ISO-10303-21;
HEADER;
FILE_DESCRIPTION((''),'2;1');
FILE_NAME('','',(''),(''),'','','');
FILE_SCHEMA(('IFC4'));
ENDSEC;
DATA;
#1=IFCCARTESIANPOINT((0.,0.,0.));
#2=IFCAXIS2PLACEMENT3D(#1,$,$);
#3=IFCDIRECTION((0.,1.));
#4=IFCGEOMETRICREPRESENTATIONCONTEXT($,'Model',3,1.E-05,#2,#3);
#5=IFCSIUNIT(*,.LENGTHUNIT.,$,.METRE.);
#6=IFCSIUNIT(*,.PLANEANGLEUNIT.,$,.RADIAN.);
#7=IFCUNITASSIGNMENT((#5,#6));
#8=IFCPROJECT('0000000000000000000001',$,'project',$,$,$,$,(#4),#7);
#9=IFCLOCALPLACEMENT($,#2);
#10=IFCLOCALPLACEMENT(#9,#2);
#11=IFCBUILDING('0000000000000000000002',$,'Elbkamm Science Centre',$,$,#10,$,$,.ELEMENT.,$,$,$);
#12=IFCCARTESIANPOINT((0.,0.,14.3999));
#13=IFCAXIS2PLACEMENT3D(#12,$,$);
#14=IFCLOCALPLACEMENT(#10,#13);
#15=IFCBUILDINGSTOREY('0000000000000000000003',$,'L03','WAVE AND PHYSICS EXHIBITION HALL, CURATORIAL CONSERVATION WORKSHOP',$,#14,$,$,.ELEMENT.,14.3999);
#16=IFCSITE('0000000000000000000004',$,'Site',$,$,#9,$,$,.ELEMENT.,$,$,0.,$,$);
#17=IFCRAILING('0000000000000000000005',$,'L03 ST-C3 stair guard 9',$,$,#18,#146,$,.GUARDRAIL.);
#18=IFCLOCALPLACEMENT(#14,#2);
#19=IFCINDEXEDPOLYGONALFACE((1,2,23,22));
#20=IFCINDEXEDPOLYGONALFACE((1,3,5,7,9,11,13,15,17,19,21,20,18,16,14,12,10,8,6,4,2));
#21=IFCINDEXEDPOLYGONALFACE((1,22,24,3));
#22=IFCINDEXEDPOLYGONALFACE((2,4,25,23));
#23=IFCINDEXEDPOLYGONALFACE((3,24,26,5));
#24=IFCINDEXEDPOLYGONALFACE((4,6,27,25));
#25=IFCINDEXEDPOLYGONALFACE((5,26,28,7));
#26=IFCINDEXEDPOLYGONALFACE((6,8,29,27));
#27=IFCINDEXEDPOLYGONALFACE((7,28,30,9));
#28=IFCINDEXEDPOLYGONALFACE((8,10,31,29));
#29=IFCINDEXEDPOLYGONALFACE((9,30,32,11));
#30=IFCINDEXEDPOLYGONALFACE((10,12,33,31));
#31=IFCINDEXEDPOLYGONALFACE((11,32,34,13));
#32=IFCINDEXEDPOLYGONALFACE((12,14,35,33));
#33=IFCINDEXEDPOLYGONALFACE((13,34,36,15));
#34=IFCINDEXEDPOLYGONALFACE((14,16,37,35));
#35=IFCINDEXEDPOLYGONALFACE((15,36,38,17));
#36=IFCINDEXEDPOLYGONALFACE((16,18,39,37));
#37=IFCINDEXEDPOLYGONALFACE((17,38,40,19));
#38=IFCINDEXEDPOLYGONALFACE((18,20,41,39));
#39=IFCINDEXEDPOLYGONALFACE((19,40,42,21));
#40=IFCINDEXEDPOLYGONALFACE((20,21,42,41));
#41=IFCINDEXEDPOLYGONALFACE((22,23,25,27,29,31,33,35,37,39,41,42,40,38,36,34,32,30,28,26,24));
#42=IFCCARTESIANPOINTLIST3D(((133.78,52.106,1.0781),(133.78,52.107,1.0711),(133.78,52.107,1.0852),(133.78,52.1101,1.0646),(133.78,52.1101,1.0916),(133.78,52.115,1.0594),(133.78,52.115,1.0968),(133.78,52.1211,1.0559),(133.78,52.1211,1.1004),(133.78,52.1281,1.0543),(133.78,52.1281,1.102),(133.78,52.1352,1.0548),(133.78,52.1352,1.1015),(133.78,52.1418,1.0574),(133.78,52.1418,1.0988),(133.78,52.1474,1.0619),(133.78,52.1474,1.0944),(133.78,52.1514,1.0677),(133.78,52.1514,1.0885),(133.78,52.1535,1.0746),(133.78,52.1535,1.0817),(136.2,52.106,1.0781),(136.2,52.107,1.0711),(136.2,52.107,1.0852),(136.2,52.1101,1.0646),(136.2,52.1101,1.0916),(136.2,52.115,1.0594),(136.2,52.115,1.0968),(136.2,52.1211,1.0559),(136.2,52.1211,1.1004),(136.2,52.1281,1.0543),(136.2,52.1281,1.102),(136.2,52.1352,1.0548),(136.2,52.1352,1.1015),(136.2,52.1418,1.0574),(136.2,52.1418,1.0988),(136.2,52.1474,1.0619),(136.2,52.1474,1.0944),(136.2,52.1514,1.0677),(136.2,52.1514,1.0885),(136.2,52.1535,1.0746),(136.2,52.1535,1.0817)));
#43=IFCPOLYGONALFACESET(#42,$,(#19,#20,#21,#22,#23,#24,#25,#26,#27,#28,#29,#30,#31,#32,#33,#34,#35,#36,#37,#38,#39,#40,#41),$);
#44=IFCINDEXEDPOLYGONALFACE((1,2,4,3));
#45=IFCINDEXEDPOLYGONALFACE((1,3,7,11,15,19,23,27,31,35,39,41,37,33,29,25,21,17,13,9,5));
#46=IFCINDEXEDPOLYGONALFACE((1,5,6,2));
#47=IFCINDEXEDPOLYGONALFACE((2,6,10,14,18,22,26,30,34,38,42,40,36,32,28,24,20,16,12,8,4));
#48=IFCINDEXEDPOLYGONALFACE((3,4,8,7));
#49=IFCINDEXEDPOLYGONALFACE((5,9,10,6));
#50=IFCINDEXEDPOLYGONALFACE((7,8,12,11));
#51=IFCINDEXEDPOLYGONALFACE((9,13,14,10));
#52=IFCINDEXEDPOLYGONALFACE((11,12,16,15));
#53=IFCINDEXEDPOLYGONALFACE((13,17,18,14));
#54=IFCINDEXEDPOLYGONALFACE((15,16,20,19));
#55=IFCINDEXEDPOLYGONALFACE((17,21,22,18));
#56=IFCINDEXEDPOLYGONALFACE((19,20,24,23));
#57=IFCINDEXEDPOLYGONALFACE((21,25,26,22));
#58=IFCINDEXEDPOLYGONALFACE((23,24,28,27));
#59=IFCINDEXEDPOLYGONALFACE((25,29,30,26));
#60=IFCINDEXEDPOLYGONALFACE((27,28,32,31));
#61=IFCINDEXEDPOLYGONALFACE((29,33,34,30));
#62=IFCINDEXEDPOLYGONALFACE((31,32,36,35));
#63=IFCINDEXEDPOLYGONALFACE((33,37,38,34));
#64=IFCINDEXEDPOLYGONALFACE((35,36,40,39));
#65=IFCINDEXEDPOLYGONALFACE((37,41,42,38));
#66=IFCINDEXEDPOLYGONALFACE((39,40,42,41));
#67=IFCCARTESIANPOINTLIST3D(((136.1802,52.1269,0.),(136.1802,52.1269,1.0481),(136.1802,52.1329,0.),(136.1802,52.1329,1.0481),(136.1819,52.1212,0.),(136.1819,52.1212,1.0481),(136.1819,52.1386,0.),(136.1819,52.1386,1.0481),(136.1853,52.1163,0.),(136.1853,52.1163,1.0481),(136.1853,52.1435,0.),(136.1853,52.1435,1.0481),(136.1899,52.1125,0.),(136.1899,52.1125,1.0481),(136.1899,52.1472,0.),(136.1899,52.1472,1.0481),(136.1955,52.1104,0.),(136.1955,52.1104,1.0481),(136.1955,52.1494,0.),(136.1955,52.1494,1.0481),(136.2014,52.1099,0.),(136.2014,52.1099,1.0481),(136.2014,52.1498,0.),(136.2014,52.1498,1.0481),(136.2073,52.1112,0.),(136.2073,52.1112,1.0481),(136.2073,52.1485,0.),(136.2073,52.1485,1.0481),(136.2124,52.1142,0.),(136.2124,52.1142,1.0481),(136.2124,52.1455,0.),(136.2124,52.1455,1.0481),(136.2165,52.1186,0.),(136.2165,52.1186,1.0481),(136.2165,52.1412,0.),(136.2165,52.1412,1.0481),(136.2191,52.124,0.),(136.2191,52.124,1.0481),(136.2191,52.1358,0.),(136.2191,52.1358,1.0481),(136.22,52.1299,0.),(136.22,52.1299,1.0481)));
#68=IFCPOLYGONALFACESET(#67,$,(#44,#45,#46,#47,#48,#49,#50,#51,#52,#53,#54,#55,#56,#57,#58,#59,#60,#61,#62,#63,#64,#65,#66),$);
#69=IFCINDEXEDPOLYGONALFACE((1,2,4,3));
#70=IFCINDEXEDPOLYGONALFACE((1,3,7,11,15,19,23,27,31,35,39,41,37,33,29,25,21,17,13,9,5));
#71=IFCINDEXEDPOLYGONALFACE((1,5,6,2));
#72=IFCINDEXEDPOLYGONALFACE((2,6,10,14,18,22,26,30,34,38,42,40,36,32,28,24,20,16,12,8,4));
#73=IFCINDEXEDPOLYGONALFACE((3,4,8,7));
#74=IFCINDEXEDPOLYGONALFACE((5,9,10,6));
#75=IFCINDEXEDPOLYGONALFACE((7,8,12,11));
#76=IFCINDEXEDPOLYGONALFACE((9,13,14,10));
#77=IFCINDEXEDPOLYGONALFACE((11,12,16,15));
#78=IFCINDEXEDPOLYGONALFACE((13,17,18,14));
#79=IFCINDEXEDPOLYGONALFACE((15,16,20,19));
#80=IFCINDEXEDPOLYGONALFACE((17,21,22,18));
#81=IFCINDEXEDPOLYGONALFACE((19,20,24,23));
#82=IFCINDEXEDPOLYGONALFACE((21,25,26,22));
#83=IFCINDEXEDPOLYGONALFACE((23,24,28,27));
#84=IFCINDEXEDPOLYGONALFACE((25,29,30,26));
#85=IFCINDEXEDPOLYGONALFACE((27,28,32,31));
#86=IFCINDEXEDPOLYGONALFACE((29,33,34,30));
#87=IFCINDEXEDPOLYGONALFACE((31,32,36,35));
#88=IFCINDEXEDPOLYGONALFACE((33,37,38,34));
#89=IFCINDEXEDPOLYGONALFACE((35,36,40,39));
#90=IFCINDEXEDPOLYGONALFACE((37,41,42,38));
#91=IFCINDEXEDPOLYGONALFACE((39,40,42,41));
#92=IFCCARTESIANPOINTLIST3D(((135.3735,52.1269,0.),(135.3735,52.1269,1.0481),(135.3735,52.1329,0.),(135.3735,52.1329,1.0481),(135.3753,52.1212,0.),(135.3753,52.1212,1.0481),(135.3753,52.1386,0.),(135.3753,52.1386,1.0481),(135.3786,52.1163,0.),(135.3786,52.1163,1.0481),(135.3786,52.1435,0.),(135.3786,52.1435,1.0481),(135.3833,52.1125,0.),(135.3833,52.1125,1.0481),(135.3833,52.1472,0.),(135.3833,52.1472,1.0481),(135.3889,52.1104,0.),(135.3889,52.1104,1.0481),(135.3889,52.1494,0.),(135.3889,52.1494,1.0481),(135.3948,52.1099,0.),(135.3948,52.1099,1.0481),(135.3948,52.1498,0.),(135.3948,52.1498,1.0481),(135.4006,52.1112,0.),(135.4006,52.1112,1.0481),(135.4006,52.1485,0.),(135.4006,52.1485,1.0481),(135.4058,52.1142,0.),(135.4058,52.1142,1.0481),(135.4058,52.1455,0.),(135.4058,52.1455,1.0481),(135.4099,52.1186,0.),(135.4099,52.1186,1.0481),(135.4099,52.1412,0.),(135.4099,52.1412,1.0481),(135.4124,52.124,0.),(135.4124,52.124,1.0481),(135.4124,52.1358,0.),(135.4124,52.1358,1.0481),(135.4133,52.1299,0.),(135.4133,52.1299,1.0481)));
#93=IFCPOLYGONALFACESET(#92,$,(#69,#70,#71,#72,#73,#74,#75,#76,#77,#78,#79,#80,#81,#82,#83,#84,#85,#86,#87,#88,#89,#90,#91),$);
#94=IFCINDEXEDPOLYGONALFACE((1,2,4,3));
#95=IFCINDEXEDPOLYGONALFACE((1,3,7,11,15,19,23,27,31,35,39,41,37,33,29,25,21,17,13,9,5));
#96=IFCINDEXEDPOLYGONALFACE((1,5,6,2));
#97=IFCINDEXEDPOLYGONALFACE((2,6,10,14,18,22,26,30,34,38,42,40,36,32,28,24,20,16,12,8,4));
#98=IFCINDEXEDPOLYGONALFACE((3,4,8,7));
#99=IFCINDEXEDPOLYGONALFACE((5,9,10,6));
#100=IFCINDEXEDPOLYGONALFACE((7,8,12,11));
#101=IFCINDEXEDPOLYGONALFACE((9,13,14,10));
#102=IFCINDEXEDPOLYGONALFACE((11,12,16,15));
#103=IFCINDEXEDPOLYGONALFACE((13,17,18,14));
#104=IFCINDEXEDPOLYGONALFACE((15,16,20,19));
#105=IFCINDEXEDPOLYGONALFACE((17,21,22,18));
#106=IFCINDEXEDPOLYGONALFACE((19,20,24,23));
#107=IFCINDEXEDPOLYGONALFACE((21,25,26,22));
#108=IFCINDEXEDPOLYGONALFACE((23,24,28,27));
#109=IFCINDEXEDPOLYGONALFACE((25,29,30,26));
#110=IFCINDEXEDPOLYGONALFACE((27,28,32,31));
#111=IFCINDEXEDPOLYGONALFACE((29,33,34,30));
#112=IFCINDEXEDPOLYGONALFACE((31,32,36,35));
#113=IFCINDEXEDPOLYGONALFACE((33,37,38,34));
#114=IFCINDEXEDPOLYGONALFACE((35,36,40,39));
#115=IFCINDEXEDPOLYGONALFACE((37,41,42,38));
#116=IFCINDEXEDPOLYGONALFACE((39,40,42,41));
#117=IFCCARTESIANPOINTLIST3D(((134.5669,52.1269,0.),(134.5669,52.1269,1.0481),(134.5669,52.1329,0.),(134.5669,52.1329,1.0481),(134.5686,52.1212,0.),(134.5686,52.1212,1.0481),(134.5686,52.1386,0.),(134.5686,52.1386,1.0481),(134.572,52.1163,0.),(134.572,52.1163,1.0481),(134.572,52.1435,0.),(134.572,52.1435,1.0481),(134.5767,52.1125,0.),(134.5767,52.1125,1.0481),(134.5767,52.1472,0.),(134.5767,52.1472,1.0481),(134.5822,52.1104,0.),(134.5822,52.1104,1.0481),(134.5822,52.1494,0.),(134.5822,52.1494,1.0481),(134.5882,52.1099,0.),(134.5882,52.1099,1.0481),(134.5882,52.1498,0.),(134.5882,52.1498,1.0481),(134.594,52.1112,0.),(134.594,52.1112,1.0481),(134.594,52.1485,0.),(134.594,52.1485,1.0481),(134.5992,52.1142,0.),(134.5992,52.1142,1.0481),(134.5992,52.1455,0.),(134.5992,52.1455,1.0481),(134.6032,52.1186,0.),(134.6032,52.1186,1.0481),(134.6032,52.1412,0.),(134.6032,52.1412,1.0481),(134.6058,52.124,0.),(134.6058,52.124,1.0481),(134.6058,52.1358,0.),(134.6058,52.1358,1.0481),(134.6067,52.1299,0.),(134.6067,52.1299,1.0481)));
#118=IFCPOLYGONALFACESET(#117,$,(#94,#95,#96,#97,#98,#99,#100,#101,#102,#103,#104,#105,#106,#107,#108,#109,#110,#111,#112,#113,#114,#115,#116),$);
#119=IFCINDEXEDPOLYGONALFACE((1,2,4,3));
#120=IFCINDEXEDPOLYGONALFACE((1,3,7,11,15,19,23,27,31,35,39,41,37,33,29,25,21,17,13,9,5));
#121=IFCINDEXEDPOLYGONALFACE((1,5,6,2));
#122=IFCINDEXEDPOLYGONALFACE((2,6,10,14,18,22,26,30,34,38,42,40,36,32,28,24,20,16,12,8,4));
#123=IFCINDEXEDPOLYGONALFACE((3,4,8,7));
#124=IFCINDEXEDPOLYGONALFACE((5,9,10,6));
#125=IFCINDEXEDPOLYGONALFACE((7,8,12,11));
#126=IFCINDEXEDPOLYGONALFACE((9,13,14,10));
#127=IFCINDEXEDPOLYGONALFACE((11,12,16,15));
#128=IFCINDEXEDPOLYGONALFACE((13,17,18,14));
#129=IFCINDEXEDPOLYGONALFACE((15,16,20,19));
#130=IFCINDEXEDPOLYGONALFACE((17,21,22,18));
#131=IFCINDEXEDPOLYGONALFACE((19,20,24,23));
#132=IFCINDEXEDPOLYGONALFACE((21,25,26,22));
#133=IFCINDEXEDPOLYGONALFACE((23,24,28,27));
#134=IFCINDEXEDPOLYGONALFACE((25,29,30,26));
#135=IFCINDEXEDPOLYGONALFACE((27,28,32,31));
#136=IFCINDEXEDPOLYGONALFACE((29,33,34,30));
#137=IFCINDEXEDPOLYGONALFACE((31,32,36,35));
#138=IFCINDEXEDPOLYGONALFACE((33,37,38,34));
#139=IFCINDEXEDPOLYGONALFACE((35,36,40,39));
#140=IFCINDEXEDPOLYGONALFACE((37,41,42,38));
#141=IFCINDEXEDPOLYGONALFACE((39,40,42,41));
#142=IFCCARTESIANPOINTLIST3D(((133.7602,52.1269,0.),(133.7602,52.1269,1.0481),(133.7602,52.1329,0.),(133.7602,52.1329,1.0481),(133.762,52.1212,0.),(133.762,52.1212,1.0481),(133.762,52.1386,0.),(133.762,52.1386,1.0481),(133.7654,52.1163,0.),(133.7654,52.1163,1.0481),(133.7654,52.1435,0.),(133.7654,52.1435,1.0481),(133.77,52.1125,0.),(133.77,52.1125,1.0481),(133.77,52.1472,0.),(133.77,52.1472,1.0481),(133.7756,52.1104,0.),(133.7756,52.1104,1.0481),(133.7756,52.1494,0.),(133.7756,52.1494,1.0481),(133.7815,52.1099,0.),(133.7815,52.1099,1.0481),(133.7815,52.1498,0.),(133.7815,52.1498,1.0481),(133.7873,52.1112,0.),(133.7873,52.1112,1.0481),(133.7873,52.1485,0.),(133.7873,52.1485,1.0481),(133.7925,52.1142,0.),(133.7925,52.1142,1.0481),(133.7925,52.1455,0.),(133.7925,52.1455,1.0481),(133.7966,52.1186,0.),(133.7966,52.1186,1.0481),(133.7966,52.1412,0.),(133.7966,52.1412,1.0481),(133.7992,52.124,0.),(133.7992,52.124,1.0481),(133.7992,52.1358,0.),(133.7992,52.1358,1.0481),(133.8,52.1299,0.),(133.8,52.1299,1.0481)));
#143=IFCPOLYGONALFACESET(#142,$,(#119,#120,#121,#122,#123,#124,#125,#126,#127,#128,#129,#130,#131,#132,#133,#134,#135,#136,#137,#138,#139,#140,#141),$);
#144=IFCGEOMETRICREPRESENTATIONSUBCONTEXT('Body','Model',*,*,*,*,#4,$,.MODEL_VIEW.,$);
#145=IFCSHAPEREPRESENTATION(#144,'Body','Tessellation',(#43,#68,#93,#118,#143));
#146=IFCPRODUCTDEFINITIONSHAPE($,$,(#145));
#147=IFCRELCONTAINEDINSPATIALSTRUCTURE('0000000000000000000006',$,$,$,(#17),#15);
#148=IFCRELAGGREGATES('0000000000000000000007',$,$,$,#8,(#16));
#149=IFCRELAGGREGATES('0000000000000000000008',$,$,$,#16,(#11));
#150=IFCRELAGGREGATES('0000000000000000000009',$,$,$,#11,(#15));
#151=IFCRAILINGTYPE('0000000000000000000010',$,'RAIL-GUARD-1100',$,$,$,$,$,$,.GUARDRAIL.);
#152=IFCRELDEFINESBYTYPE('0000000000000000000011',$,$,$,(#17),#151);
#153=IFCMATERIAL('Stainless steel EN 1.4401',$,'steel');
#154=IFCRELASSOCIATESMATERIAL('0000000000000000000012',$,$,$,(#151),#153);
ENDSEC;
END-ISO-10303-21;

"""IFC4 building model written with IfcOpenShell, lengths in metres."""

from ifc_helpers import new_model, si_unit, direction, frame, origin, origin_2d, place, context, subcontext, project, spatial, circle, extrude, material, type_object, element, save


model = new_model("IFC4")

# Units and contexts
model_context = context("Model", 3, precision=1e-05, world=origin(), true_north=direction((0.0, 1.0)))
body_context = subcontext(model_context, "Body", "Model", "MODEL_VIEW")
ifc_project = project(units=[si_unit("LENGTHUNIT", "METRE"), si_unit("PLANEANGLEUNIT", "RADIAN")], contexts=[model_context])

# Site, building, storey
site_placement = place(None, origin())
site = spatial("IfcSite", under=ifc_project, at=site_placement, Name="Site", CompositionType="ELEMENT", RefElevation=0.0)
building_placement = place(site_placement, origin())
building = spatial("IfcBuilding", under=site, at=building_placement, Name="Elbkamm Science Centre", CompositionType="ELEMENT")
storey_placement = place(building_placement, frame((0.0, 0.0, 14.3999)))
storey = spatial("IfcBuildingStorey", under=building, at=storey_placement, Name="L03", Description="WAVE AND PHYSICS EXHIBITION HALL, CURATORIAL CONSERVATION WORKSHOP", CompositionType="ELEMENT", Elevation=14.3999)

# Railing
ifc_material_1 = material(Name="Stainless steel EN 1.4401", Category="steel")
railing_type_1 = type_object("IfcRailingType", Name="RAIL-GUARD-1100", PredefinedType="GUARDRAIL", material=ifc_material_1)
railing_1_placement = place(storey_placement, frame((136.2, 52.1299, 0.0)))
element("IfcRailing", 1, at=railing_1_placement, inside=storey, type_object=railing_type_1, Name="L03 ST-C3 stair guard 9", PredefinedType="GUARDRAIL", context=body_context, shape_type="SweptSolid", body=[
    extrude(circle(Radius=0.0239, at=origin_2d()), frame((0.0, 0.0, 1.0781), z_axis=(-1.0, 0.0, 0.0), x_axis=(0.0, -1.0, 0.0)), (0.0, 0.0, 1.0), 2.4199),
    extrude(circle(Radius=0.02, at=origin_2d()), origin(), (0.0, 0.0, 1.0), 1.0481),
    extrude(circle(Radius=0.02, at=origin_2d()), frame((-0.8066, 0.0, 0.0)), (0.0, 0.0, 1.0), 1.0481),
    extrude(circle(Radius=0.02, at=origin_2d()), frame((-1.6133, 0.0, 0.0)), (0.0, 0.0, 1.0), 1.0481),
    extrude(circle(Radius=0.02, at=origin_2d()), frame((-2.4199, 0.0, 0.0)), (0.0, 0.0, 1.0), 1.0481),
])

save(model, "model.ifc")
